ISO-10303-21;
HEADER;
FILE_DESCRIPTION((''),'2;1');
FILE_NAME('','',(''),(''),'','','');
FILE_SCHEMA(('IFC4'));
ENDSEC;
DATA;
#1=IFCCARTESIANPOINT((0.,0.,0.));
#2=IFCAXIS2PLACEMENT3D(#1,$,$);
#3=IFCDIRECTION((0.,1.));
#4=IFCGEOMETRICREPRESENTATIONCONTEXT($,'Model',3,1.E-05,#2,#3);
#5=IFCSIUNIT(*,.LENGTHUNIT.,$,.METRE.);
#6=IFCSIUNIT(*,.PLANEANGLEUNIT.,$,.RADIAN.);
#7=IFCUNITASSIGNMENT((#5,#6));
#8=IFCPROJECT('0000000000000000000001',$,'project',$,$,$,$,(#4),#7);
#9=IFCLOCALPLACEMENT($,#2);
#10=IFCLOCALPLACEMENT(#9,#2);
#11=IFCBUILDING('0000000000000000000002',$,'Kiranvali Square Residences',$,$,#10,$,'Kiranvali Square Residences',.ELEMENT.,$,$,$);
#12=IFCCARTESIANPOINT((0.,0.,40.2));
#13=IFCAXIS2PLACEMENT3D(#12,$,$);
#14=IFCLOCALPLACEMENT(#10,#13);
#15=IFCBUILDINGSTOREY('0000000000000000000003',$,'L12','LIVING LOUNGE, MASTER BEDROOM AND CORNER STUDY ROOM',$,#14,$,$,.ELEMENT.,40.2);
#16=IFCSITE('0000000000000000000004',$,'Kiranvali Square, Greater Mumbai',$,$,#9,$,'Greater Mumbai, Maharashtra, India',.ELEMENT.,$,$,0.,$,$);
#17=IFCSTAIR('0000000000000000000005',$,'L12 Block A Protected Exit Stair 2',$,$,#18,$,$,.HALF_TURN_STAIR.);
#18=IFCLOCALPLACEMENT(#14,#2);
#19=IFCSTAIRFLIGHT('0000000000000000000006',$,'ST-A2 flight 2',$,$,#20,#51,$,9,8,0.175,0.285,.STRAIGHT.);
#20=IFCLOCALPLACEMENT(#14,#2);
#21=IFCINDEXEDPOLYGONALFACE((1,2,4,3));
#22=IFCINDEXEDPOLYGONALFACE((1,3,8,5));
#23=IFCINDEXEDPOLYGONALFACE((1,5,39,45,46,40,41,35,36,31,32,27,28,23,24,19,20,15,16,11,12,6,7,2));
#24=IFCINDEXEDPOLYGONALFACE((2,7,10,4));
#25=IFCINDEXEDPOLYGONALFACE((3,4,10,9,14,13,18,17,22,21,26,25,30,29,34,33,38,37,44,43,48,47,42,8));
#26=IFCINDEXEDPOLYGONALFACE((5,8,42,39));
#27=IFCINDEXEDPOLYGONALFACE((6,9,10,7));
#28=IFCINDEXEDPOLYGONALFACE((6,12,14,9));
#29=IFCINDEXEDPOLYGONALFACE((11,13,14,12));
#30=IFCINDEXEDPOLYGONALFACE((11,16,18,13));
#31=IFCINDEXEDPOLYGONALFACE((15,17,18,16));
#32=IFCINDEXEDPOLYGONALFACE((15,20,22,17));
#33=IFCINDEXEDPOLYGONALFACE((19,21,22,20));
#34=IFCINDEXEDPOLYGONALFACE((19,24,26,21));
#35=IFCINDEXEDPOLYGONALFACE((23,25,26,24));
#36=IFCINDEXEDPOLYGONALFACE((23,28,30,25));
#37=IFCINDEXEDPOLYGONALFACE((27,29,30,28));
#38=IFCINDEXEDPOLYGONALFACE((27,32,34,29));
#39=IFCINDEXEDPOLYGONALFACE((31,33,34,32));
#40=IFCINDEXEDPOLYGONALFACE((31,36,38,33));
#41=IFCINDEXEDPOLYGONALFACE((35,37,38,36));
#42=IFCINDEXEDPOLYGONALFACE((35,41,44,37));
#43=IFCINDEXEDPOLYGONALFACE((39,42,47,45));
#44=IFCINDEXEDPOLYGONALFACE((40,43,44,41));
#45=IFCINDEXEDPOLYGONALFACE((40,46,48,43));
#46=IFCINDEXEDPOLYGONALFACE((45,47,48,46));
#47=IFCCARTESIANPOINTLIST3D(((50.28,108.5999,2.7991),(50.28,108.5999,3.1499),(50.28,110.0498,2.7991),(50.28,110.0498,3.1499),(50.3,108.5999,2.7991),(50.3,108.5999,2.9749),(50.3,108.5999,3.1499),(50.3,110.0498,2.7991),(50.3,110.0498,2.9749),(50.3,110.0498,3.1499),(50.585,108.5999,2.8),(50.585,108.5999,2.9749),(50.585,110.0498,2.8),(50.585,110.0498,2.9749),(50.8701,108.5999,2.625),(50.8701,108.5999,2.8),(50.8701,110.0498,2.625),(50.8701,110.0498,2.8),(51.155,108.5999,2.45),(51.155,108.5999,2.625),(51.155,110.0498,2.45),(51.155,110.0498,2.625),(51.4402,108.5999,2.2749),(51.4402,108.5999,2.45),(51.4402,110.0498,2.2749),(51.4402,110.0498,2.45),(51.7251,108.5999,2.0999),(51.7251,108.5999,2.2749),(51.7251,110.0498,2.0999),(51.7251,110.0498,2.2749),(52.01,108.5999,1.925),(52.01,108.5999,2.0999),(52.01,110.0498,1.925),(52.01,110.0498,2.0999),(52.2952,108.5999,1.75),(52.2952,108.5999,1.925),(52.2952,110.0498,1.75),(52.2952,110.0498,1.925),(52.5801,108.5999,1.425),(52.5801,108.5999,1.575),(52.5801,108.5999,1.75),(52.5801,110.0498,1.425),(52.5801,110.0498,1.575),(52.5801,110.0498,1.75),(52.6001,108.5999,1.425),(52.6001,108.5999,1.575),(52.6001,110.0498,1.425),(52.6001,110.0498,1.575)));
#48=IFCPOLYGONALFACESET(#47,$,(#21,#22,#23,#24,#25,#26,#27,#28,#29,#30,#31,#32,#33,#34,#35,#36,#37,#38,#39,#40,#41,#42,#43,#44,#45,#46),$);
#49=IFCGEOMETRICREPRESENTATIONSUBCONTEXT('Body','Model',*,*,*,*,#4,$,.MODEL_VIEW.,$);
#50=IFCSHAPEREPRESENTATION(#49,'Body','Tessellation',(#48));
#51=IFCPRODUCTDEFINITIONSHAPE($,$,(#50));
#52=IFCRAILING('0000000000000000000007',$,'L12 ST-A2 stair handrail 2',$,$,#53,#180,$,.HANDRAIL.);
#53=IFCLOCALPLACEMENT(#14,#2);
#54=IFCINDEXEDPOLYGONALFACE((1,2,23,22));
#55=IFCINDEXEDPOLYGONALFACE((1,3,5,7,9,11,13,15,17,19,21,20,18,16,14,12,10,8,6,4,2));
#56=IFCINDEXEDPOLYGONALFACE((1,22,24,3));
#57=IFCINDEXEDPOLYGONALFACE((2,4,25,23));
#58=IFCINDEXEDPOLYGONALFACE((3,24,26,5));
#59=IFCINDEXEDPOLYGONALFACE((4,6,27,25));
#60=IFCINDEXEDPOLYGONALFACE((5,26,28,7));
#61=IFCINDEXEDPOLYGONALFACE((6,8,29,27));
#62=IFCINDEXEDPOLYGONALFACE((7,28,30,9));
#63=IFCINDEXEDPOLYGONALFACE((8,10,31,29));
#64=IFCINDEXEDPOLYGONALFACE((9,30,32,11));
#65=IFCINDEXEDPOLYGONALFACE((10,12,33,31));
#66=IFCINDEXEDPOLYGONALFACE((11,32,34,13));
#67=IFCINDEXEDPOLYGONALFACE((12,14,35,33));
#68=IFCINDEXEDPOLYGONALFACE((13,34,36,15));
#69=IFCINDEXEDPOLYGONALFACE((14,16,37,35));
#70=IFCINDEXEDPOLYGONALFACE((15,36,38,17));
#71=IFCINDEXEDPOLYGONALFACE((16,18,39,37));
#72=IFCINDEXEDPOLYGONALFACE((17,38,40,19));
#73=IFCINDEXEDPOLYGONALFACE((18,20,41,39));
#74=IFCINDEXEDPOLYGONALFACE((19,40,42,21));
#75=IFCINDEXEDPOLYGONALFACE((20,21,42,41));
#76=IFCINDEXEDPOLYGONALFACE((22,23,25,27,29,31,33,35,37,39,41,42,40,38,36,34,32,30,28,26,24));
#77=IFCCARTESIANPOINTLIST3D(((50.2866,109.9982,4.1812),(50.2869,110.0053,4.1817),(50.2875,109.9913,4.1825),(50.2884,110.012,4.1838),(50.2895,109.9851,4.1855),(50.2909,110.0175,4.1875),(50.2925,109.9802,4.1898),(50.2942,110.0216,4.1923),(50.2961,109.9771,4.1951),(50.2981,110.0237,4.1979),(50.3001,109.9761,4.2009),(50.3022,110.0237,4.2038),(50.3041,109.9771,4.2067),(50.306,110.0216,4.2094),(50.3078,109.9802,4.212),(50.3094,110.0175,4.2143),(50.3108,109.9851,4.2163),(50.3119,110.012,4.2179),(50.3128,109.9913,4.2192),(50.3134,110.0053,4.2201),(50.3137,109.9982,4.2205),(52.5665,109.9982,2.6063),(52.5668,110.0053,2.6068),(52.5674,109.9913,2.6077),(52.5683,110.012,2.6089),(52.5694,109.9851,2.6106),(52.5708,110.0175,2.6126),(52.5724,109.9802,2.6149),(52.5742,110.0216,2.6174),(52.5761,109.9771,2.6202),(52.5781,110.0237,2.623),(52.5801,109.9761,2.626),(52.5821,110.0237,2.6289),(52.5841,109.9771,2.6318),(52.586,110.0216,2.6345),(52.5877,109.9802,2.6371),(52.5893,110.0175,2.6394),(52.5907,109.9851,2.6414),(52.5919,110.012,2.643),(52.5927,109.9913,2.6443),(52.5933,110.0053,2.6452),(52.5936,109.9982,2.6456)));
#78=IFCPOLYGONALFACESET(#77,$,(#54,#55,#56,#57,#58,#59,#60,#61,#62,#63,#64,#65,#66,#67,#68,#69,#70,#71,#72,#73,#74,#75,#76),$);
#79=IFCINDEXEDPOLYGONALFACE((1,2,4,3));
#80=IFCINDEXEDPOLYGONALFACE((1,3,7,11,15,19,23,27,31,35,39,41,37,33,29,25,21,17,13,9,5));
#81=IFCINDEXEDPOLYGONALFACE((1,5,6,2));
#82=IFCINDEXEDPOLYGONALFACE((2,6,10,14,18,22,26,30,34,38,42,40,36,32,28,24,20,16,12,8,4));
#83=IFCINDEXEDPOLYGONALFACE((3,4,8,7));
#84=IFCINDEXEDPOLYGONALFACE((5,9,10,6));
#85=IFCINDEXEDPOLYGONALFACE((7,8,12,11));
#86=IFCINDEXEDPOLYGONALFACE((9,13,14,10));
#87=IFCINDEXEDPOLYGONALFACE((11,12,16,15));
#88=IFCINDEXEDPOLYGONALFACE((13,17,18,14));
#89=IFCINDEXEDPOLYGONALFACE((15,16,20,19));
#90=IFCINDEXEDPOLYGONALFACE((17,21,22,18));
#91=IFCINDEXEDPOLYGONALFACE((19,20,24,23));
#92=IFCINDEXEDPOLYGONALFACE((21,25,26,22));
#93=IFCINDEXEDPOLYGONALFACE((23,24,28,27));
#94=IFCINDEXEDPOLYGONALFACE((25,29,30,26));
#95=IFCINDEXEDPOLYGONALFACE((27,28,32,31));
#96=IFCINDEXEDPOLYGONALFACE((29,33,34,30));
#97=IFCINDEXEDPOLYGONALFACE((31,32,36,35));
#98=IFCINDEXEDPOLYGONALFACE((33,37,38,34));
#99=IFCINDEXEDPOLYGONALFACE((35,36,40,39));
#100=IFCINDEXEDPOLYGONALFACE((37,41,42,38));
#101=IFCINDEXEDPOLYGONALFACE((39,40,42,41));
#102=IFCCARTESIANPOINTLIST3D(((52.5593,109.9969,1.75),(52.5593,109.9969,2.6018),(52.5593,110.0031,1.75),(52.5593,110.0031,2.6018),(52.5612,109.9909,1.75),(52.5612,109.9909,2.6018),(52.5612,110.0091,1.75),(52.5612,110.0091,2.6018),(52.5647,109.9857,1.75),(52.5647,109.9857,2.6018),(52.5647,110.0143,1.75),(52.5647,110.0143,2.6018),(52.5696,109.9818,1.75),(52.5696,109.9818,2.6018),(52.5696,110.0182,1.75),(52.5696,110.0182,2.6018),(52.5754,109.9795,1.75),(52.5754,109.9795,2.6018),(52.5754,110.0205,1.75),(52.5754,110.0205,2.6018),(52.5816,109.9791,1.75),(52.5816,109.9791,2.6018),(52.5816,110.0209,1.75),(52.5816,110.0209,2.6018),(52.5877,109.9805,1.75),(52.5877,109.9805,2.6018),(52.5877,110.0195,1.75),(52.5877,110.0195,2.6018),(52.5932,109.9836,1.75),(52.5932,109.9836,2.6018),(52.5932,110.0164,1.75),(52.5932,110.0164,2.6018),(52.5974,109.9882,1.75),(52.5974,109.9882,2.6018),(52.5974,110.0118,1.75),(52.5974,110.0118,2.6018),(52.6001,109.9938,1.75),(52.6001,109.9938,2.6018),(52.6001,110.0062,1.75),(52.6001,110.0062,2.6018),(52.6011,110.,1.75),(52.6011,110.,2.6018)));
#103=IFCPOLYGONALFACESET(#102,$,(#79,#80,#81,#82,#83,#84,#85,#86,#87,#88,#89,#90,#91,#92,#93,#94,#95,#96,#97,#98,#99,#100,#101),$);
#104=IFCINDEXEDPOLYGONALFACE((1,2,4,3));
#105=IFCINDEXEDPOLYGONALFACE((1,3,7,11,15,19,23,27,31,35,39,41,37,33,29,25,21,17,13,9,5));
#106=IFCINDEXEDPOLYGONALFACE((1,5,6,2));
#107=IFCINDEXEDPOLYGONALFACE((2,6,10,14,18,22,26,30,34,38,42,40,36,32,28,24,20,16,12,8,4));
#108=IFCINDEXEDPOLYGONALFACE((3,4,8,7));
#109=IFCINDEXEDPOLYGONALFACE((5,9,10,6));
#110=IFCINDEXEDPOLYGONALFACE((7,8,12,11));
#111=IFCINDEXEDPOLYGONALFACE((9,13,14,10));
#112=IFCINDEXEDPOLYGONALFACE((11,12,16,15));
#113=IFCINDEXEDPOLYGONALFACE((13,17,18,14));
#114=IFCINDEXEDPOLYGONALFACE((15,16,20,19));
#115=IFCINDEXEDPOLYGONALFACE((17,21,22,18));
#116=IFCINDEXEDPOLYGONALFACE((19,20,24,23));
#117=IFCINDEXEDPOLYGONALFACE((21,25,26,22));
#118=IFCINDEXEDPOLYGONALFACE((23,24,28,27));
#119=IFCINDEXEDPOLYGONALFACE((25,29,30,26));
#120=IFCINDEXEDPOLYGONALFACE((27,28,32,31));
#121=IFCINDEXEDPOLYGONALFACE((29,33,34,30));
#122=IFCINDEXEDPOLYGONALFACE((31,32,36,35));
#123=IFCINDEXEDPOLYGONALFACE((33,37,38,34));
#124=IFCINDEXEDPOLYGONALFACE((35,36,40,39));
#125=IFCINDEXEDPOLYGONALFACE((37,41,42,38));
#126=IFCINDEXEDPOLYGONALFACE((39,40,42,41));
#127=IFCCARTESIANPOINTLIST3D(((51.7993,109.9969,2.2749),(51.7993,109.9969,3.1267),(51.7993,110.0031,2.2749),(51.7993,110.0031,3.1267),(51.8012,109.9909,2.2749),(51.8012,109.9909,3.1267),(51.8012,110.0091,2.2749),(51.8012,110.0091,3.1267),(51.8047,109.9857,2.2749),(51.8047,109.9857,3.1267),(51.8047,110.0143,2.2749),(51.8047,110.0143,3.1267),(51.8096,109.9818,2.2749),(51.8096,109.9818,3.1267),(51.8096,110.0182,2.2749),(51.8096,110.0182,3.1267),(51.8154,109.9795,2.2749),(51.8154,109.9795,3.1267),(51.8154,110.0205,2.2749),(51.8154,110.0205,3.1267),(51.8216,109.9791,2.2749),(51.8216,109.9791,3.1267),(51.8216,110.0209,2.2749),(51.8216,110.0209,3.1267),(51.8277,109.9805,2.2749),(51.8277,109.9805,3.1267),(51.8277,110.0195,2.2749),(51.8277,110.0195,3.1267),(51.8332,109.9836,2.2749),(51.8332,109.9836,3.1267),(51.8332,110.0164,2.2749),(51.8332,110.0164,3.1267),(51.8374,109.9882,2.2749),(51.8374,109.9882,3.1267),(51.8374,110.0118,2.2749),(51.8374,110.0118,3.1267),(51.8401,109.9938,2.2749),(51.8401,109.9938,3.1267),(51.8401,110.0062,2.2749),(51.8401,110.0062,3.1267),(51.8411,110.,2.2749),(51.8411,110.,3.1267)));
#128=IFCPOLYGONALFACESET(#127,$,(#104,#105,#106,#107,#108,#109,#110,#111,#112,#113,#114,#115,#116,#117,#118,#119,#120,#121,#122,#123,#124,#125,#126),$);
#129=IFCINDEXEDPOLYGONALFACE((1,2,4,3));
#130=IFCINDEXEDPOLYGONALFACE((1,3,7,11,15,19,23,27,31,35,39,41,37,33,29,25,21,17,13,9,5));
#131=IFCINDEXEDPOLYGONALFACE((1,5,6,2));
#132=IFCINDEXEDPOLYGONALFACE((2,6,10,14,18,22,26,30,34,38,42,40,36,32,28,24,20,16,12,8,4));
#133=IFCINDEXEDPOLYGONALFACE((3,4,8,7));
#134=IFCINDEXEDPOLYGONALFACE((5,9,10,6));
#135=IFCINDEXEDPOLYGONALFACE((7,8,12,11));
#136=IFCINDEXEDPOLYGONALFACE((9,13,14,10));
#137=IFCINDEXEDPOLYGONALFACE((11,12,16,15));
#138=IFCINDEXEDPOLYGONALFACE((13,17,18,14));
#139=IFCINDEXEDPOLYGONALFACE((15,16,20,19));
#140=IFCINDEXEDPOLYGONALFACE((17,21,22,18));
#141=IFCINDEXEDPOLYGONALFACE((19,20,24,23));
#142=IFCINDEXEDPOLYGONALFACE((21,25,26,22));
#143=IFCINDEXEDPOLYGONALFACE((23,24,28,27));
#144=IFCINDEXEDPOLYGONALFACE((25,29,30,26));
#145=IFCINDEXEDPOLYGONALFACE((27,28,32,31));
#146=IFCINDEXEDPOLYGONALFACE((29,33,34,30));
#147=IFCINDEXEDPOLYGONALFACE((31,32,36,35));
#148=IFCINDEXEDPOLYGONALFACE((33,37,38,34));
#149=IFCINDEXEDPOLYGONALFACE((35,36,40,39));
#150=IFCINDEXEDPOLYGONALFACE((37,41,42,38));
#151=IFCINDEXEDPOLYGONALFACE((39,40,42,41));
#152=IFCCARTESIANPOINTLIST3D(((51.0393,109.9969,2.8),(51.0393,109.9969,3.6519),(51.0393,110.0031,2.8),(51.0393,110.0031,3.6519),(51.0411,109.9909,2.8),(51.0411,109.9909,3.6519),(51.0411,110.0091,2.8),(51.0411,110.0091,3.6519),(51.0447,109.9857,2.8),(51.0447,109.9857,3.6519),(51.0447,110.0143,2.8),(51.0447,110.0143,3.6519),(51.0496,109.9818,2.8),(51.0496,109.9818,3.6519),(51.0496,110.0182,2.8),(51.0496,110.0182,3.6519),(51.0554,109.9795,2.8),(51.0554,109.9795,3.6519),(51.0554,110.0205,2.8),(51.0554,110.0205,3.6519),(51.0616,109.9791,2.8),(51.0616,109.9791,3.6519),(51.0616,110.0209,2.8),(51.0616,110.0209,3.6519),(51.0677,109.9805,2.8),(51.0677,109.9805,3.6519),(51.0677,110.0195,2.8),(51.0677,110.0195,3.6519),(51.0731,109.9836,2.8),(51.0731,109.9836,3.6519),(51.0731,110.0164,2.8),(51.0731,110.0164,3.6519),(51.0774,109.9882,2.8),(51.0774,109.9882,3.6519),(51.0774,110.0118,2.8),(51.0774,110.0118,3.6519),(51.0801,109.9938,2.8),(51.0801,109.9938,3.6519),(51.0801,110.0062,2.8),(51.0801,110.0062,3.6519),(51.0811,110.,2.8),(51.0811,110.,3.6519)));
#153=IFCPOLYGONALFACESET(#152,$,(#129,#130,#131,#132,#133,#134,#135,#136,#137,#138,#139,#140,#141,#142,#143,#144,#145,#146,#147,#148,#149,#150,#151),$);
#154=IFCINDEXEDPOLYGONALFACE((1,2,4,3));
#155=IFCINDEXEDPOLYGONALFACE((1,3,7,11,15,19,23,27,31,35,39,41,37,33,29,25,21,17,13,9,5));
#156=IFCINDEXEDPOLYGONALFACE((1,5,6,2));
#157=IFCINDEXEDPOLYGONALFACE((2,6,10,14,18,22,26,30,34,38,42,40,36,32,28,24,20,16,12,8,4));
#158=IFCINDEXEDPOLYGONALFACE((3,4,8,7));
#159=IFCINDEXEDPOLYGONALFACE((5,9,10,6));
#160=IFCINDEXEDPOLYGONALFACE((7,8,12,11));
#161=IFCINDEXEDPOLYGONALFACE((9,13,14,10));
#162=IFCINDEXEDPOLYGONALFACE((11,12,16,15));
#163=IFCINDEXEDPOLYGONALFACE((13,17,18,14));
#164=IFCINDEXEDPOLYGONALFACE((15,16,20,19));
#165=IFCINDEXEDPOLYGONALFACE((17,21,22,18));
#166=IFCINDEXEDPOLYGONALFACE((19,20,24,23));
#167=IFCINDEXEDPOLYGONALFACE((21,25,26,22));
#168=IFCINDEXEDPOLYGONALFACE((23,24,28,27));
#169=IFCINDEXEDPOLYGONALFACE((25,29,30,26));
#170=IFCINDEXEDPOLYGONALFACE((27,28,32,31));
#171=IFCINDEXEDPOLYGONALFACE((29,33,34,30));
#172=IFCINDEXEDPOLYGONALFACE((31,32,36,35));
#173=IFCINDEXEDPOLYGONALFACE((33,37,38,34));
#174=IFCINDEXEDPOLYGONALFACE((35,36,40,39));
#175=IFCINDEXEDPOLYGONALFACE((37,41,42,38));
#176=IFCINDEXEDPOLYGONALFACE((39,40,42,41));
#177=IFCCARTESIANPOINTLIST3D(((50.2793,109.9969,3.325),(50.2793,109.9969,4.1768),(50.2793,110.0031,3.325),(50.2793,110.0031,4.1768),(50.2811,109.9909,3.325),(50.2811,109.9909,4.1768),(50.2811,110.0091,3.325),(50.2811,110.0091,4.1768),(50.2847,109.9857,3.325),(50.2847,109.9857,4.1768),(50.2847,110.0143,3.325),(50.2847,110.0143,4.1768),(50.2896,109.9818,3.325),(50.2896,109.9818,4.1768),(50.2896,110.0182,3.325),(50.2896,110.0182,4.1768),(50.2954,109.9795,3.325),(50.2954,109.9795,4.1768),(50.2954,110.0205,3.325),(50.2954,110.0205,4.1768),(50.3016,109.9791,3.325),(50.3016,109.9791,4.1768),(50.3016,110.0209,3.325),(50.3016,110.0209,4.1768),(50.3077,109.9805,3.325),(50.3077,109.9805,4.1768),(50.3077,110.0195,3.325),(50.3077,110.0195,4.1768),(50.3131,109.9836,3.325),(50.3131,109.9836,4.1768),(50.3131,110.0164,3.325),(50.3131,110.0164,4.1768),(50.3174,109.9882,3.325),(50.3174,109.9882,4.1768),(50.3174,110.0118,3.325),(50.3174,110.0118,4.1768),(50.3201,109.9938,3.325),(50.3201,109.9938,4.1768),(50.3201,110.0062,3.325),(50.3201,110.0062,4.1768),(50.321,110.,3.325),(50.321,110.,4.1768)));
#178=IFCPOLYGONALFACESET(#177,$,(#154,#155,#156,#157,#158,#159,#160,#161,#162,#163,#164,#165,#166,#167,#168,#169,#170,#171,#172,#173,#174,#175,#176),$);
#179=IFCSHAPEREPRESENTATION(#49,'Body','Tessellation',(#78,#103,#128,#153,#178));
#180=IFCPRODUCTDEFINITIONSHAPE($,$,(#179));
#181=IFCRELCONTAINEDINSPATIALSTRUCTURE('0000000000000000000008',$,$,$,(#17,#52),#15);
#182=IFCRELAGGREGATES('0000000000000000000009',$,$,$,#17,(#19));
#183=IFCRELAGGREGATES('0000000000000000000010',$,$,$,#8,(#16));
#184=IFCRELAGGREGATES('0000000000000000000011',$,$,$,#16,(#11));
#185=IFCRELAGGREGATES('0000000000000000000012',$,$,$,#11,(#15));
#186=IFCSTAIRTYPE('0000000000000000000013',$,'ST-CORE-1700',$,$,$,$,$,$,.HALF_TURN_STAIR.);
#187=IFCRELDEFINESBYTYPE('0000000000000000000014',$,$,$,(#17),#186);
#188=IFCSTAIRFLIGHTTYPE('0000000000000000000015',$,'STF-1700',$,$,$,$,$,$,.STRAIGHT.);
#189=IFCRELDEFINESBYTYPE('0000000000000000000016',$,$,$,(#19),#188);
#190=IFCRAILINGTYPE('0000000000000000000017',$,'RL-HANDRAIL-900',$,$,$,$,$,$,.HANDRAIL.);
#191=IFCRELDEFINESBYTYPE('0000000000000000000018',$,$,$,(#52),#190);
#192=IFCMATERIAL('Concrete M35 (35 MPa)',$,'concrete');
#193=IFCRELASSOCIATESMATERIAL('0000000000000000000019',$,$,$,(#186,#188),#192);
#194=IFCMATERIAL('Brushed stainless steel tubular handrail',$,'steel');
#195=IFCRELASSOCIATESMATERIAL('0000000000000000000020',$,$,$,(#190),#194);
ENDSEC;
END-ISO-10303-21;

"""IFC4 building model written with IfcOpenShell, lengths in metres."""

from ifc_helpers import new_model, si_unit, direction, frame, origin, origin_2d, place, context, subcontext, project, spatial, polyline, circle, outline, extrude, material, type_object, element, aggregate, save


model = new_model("IFC4")

# Units and contexts
model_context = context("Model", 3, precision=1e-05, world=origin(), true_north=direction((0.0, 1.0)))
body_context = subcontext(model_context, "Body", "Model", "MODEL_VIEW")
ifc_project = project(units=[si_unit("LENGTHUNIT", "METRE"), si_unit("PLANEANGLEUNIT", "RADIAN")], contexts=[model_context])

# Site, building, storey
site_placement = place(None, origin())
site = spatial("IfcSite", under=ifc_project, at=site_placement, Name="Kiranvali Square, Greater Mumbai", LongName="Greater Mumbai, Maharashtra, India", CompositionType="ELEMENT", RefElevation=0.0)
building_placement = place(site_placement, origin())
building = spatial("IfcBuilding", under=site, at=building_placement, Name="Kiranvali Square Residences", LongName="Kiranvali Square Residences", CompositionType="ELEMENT")
storey_placement = place(building_placement, frame((0.0, 0.0, 40.2)))
storey = spatial("IfcBuildingStorey", under=building, at=storey_placement, Name="L12", Description="LIVING LOUNGE, MASTER BEDROOM AND CORNER STUDY ROOM", CompositionType="ELEMENT", Elevation=40.2)

# Stair, stair flight
ifc_material_1 = material(Name="Concrete M35 (35 MPa)", Category="concrete")
stair_type = type_object("IfcStairType", Name="ST-CORE-1700", PredefinedType="HALF_TURN_STAIR", material=ifc_material_1)
stair_placement = place(storey_placement, origin())
stair = element("IfcStair", 1, at=stair_placement, inside=storey, type_object=stair_type, Name="L12 Block A Protected Exit Stair 2", PredefinedType="HALF_TURN_STAIR")
stair_flight_type = type_object("IfcStairFlightType", Name="STF-1700", PredefinedType="STRAIGHT", material=ifc_material_1)
stair_flight_placement = place(storey_placement, frame((52.5801, 109.325, 1.575), z_axis=(0.0, 0.0, 1.0), x_axis=(-1.0, 0.0, 0.0)))
stair_flight = element("IfcStairFlight", 2, at=stair_flight_placement, type_object=stair_flight_type, Name="ST-A2 flight 2", NumberOfRisers=9, NumberOfTreads=8, PredefinedType="STRAIGHT", RiserHeight=0.175, TreadLength=0.285, context=body_context, shape_type="SweptSolid", body=[
    extrude(outline(polyline([(-0.02, -0.1499), (-0.02, 0.0), (0.0, 0.0), (0.0, 0.175), (0.2849, 0.175), (0.2849, 0.3501), (0.5701, 0.3501), (0.5701, 0.5249), (0.855, 0.5249), (0.855, 0.7), (1.1399, 0.7), (1.1399, 0.875), (1.425, 0.875), (1.425, 1.05), (1.71, 1.05), (1.71, 1.2251), (1.9951, 1.2251), (1.9951, 1.3999), (2.28, 1.3999), (2.28, 1.575), (2.3, 1.575), (2.3, 1.2241), (2.28, 1.2241), (0.0, -0.1499), (-0.02, -0.1499)])), frame((0.0, 0.7251, 0.0), z_axis=(0.0, -1.0, 0.0), x_axis=(1.0, 0.0, 0.0)), (0.0, 0.0, 1.0), 1.45),
])
aggregate(stair, [stair_flight])

# Railing
ifc_material_2 = material(Name="Brushed stainless steel tubular handrail", Category="steel")
railing_type_1 = type_object("IfcRailingType", Name="RL-HANDRAIL-900", PredefinedType="HANDRAIL", material=ifc_material_2)
railing_1_placement = place(storey_placement, frame((52.5801, 110.0, 1.75)))
element("IfcRailing", 3, at=railing_1_placement, inside=storey, type_object=railing_type_1, Name="L12 ST-A2 stair handrail 2", PredefinedType="HANDRAIL", context=body_context, shape_type="SweptSolid", body=[
    extrude(circle(Radius=0.0239, at=origin_2d()), frame((0.0, 0.0, 0.876), z_axis=(-0.822788, 0.0, 0.568348), x_axis=(0.0, -1.0, 0.0)), (0.0, 0.0, 1.0), 2.771),
    extrude(circle(Radius=0.021, at=origin_2d()), origin(), (0.0, 0.0, 1.0), 0.8518),
    extrude(circle(Radius=0.021, at=origin_2d()), frame((-0.76, 0.0, 0.5249)), (0.0, 0.0, 1.0), 0.8518),
    extrude(circle(Radius=0.021, at=origin_2d()), frame((-1.52, 0.0, 1.05)), (0.0, 0.0, 1.0), 0.8518),
    extrude(circle(Radius=0.021, at=origin_2d()), frame((-2.28, 0.0, 1.575)), (0.0, 0.0, 1.0), 0.8518),
])

save(model, "model.ifc")
